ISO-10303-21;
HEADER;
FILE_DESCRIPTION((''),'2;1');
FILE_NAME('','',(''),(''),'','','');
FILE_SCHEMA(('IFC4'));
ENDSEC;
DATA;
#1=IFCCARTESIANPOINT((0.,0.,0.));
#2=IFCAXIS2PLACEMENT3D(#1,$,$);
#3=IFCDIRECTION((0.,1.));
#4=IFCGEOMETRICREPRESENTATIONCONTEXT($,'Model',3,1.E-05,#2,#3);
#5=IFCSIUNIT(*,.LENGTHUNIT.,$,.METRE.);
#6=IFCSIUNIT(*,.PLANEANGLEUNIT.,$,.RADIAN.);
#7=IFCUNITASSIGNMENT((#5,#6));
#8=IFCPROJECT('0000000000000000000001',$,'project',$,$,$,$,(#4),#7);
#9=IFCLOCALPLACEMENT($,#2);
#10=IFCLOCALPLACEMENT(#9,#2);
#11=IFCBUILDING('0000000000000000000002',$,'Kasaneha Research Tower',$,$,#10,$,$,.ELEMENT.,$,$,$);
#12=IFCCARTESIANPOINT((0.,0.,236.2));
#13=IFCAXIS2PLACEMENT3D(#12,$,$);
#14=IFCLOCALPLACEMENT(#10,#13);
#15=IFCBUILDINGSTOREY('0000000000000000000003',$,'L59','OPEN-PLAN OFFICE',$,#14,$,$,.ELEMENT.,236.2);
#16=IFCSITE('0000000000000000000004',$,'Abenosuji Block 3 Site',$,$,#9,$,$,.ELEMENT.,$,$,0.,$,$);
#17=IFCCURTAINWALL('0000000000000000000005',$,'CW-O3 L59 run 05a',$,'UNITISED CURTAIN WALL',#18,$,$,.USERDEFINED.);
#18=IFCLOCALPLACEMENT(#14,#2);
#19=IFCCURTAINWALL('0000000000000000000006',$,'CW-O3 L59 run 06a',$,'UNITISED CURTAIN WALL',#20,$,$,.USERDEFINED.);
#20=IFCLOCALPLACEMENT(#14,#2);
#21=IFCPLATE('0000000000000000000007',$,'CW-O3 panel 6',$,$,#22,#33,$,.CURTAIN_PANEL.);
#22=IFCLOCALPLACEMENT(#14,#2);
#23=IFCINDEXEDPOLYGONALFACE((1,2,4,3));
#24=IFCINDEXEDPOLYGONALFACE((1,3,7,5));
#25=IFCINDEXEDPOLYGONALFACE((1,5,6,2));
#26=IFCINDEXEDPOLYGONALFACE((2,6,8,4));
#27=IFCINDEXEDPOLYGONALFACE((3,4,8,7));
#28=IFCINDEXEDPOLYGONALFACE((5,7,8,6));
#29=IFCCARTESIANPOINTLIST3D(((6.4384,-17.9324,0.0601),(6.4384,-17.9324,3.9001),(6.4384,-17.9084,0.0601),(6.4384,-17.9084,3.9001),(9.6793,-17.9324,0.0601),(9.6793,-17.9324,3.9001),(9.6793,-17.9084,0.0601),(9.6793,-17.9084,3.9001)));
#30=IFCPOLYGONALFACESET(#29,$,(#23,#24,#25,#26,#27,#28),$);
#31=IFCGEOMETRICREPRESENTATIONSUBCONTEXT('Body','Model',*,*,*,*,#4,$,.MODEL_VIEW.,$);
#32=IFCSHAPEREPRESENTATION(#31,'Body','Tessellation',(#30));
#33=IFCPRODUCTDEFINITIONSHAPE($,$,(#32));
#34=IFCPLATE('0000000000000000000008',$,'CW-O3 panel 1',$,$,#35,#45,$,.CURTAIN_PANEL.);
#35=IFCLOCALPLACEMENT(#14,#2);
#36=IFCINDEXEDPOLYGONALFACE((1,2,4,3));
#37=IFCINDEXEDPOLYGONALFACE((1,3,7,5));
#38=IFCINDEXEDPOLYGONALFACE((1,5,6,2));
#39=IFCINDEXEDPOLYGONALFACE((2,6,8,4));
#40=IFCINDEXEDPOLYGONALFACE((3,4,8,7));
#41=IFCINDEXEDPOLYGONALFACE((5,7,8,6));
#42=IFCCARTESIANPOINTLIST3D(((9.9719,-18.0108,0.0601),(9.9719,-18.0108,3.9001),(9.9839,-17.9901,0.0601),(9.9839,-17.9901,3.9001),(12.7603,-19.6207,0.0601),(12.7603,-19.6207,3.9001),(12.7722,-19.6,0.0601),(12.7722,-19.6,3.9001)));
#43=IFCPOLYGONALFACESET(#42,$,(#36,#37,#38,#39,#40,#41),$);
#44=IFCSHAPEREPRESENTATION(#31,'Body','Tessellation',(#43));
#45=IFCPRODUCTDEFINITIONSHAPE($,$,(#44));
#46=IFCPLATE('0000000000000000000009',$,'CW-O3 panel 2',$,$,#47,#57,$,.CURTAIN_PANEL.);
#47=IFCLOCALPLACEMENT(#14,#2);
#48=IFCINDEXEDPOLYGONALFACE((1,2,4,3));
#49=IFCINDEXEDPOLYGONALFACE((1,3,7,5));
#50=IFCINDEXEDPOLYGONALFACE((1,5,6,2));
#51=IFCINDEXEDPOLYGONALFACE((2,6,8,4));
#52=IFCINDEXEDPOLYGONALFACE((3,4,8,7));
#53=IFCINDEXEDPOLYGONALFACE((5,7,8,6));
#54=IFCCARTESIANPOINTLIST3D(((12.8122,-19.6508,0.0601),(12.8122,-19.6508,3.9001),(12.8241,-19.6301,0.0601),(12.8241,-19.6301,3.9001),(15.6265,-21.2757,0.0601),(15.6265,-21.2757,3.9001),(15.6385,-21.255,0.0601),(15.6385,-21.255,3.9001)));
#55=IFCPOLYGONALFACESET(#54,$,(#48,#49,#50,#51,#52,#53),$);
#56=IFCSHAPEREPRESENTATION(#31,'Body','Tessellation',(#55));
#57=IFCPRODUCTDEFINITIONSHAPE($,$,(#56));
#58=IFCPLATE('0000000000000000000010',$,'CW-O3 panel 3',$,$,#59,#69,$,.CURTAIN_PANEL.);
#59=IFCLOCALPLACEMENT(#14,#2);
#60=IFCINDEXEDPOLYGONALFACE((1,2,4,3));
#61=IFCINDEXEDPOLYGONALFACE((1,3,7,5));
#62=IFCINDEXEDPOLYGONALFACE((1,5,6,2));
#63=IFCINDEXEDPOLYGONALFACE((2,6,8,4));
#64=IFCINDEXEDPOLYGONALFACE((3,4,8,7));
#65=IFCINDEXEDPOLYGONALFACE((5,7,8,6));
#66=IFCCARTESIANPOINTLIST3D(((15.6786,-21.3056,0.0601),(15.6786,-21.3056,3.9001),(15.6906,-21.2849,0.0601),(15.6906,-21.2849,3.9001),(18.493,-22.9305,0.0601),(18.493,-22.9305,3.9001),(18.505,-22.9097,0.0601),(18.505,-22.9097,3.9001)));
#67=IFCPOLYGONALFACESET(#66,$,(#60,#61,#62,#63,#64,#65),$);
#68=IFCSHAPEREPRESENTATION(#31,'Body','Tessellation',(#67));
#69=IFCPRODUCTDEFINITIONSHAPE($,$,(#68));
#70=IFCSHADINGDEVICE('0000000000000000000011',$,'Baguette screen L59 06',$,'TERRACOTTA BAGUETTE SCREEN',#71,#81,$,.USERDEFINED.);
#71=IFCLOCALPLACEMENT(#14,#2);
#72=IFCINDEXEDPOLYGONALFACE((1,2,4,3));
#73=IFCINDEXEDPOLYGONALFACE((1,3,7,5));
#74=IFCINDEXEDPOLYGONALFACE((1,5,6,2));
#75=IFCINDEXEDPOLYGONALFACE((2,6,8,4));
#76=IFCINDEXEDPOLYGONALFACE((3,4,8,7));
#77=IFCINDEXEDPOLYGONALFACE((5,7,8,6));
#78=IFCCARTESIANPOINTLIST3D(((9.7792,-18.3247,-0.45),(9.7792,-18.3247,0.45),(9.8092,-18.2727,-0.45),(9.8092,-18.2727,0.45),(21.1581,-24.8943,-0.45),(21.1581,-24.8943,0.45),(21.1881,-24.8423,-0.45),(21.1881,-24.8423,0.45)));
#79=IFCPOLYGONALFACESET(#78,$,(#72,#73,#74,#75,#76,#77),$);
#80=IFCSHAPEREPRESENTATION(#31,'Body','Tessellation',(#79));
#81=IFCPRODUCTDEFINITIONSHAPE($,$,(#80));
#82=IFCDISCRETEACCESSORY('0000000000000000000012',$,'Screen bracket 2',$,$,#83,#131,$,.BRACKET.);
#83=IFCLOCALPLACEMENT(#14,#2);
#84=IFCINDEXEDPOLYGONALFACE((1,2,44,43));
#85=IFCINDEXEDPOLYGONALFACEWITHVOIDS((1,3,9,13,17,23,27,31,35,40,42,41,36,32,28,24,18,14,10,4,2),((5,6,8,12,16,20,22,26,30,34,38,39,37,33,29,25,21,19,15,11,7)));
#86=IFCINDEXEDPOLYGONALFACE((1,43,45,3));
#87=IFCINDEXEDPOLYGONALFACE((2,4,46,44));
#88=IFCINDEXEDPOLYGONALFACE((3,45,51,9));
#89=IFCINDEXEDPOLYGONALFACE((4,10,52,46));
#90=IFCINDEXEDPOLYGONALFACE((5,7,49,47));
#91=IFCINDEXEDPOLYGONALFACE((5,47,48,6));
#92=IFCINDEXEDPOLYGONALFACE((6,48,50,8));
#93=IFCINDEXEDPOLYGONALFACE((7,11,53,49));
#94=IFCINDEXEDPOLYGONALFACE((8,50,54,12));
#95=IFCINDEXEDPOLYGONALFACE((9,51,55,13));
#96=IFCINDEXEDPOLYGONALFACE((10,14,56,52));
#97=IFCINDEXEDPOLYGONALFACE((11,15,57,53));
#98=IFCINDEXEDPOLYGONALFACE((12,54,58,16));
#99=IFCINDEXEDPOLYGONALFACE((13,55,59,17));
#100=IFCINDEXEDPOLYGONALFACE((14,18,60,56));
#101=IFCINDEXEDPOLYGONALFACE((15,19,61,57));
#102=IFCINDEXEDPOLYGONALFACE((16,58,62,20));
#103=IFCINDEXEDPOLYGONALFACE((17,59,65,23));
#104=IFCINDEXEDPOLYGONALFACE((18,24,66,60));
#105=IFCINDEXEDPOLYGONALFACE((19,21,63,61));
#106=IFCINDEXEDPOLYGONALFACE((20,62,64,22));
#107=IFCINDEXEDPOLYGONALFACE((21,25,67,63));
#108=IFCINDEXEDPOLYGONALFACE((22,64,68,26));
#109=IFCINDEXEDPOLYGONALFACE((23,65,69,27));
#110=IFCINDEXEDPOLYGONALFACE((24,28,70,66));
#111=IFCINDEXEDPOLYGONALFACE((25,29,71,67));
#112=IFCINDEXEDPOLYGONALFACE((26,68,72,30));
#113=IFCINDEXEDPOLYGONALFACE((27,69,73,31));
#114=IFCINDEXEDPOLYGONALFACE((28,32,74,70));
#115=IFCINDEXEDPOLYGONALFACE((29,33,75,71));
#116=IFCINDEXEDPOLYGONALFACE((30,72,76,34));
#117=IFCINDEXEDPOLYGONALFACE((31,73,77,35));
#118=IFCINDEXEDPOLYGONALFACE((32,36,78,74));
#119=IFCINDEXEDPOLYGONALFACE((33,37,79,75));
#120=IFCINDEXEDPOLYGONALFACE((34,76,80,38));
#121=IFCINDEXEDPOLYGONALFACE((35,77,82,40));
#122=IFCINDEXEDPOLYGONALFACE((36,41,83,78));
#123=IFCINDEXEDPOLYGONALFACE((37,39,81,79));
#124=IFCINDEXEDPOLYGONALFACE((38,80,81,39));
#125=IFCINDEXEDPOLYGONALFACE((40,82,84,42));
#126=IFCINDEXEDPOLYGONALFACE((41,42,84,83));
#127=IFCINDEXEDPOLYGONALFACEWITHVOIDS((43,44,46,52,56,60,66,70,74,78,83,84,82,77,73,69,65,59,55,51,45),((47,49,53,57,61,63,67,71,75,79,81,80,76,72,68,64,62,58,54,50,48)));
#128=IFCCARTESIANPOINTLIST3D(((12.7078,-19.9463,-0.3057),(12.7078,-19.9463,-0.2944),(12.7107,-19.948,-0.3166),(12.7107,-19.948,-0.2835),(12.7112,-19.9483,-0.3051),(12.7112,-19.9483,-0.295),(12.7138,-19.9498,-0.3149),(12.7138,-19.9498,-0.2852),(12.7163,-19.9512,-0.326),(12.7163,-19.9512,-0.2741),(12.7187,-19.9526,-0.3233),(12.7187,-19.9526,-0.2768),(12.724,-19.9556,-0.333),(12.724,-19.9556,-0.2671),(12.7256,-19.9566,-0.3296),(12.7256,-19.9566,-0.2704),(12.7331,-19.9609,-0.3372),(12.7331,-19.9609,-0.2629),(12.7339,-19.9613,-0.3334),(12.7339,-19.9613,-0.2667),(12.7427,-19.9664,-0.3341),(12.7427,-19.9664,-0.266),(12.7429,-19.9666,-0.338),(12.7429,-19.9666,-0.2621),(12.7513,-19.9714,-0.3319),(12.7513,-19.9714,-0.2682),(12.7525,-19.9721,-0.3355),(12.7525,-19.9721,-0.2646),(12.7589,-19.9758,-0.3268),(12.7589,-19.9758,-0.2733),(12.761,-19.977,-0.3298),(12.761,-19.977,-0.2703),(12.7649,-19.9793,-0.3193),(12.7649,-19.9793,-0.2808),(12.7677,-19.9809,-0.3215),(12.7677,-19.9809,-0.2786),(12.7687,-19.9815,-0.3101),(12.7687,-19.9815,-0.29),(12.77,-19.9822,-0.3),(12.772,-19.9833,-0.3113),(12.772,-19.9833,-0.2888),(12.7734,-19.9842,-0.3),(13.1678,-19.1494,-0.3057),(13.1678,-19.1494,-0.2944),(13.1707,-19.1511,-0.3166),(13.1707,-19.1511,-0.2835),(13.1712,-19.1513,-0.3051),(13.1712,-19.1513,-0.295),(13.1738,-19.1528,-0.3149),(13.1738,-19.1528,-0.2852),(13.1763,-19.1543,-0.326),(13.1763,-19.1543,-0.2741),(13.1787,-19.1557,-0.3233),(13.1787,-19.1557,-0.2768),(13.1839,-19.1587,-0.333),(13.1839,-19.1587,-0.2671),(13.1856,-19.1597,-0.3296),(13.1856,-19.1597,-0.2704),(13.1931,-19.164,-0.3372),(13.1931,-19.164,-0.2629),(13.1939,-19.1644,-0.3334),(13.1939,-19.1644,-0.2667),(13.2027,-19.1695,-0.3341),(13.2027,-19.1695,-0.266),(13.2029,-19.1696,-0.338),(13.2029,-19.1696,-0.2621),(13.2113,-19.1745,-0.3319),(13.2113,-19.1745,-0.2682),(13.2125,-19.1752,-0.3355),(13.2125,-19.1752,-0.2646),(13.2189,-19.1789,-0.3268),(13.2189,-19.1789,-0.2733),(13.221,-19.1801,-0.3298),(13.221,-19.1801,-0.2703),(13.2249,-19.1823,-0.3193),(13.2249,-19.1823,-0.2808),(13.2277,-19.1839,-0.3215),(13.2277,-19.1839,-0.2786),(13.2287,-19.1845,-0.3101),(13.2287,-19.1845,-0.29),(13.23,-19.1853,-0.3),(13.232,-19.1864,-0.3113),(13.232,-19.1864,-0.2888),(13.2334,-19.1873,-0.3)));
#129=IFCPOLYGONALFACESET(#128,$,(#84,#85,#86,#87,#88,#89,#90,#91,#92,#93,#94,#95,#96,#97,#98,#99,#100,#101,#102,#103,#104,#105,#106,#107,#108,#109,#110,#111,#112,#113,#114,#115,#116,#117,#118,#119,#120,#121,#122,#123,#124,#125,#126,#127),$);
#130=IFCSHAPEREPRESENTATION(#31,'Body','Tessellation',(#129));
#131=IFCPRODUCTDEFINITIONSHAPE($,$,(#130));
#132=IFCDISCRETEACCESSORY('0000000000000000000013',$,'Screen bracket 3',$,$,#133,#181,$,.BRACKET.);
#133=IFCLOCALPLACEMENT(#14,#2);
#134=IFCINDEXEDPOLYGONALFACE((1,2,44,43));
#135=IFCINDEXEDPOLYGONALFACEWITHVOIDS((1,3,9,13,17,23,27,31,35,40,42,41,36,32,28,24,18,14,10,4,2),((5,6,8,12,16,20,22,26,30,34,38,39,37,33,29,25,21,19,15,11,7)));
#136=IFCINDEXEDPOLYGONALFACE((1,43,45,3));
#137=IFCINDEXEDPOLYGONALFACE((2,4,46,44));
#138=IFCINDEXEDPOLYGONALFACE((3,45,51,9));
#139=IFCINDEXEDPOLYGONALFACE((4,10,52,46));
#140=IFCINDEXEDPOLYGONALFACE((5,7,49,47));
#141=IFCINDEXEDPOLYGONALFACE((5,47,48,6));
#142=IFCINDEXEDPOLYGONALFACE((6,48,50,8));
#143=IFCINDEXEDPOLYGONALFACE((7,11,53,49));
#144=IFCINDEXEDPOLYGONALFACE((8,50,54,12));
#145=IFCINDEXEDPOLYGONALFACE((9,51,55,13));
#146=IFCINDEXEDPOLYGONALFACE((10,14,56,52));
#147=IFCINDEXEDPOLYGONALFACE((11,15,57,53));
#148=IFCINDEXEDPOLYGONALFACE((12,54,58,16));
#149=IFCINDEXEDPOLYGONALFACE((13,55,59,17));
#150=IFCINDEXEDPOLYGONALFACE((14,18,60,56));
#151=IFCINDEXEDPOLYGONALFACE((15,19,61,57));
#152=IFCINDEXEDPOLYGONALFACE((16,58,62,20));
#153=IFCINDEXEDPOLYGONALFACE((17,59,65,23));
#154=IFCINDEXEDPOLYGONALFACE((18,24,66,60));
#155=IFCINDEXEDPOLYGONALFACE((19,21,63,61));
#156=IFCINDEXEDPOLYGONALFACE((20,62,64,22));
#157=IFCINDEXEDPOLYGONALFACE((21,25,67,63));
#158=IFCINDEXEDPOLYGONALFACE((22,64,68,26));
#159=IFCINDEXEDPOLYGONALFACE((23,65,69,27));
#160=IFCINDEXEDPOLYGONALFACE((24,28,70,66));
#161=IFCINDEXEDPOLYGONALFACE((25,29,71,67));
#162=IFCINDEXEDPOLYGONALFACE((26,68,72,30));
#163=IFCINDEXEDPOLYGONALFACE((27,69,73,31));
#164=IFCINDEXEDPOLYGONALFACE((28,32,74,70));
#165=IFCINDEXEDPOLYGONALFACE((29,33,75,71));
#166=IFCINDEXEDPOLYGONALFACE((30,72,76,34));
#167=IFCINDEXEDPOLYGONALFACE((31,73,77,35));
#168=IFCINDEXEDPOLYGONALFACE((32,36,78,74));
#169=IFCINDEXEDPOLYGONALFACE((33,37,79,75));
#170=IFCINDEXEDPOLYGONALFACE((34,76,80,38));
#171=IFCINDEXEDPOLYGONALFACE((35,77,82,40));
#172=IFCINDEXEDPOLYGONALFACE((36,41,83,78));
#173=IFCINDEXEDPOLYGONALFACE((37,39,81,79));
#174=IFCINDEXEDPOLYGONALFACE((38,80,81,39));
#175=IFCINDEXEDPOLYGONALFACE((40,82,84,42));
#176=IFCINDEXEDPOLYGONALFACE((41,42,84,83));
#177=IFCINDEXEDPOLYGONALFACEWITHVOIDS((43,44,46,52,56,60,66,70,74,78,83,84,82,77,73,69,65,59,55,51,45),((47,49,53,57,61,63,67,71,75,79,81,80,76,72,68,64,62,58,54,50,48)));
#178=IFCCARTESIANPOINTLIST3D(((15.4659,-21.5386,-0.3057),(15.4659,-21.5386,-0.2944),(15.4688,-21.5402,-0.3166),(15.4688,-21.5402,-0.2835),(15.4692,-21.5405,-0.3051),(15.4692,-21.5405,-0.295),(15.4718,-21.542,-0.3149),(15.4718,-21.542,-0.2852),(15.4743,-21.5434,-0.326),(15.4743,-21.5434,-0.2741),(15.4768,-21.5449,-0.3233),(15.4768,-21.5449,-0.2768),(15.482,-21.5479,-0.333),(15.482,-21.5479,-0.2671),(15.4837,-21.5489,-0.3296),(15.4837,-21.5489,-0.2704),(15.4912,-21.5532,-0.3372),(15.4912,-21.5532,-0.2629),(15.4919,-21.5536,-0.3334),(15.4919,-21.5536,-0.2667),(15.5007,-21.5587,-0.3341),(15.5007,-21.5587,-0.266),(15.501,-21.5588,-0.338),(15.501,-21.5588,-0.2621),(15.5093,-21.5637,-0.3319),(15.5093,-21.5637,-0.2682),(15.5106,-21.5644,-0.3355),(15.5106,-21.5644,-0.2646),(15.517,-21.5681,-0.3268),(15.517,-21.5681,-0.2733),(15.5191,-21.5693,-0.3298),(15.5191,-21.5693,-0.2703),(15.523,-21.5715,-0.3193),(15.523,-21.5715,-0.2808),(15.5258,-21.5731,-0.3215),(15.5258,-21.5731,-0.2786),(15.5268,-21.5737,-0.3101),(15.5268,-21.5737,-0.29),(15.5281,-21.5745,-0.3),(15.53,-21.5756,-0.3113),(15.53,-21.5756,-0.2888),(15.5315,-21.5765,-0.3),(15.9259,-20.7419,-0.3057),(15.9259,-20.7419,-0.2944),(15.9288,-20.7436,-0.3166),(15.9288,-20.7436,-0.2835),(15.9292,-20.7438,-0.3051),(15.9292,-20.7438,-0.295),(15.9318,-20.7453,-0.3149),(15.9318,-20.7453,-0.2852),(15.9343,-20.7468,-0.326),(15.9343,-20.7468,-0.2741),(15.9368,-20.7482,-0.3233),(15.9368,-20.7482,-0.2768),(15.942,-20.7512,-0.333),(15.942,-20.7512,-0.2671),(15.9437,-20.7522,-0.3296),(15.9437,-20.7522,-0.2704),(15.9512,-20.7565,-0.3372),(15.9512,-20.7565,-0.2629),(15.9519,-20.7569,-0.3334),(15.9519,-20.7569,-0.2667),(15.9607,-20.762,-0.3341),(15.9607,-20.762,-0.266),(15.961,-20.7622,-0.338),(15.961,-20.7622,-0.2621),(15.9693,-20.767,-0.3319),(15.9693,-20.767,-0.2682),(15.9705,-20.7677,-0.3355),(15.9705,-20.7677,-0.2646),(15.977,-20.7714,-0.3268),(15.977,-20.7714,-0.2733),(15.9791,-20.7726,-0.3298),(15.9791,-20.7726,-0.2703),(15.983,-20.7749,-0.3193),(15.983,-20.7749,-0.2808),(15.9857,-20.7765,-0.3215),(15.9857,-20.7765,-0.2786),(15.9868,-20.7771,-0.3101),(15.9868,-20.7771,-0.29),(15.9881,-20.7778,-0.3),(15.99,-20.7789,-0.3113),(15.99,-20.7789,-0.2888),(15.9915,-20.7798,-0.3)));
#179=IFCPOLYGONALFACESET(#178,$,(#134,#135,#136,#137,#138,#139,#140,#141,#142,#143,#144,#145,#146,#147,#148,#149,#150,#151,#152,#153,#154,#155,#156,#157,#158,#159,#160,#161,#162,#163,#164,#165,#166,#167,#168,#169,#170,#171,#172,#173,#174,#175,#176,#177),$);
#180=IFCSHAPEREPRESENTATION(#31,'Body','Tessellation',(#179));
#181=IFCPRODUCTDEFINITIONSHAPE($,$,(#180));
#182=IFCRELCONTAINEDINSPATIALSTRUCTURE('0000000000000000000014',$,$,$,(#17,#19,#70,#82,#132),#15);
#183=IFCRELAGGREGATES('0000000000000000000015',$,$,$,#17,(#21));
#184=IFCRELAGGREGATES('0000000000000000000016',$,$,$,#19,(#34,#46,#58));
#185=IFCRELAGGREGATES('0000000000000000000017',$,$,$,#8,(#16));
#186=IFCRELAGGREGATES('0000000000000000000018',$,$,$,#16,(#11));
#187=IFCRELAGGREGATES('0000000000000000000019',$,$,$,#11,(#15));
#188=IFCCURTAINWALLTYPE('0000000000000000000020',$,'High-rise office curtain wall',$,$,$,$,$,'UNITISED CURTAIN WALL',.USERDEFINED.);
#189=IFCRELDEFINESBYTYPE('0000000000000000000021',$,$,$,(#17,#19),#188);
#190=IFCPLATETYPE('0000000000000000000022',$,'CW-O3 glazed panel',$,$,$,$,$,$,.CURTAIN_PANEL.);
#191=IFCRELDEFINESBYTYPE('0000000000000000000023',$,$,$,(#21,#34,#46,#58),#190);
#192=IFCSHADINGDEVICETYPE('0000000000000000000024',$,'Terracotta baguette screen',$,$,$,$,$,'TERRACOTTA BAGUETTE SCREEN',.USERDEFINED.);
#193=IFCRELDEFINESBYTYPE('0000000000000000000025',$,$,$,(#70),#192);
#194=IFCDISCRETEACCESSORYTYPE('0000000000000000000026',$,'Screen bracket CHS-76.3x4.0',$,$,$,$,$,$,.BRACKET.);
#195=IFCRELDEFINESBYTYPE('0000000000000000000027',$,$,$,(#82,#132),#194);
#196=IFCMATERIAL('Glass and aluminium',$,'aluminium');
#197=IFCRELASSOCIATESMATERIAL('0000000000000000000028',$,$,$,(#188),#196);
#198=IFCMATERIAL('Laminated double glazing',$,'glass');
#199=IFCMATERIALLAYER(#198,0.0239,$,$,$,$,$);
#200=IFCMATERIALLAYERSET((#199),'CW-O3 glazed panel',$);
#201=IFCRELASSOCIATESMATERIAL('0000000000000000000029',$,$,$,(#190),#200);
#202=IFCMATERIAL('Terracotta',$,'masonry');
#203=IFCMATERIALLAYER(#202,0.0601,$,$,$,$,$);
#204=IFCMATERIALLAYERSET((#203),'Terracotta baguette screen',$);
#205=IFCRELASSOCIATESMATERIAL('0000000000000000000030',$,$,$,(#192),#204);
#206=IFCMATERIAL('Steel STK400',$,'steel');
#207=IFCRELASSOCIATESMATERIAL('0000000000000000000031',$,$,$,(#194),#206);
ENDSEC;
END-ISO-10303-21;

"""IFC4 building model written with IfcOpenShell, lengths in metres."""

from ifc_helpers import new_model, si_unit, direction, frame, origin, origin_2d, place, context, subcontext, project, spatial, rectangle, hollow_circle, extrude, material, layer, layer_set, material_profile, profile_set, type_object, element, aggregate, save


model = new_model("IFC4")

# Units and contexts
model_context = context("Model", 3, precision=1e-05, world=origin(), true_north=direction((0.0, 1.0)))
body_context = subcontext(model_context, "Body", "Model", "MODEL_VIEW")
ifc_project = project(units=[si_unit("LENGTHUNIT", "METRE"), si_unit("PLANEANGLEUNIT", "RADIAN")], contexts=[model_context])

# Site, building, storey
site_placement = place(None, origin())
site = spatial("IfcSite", under=ifc_project, at=site_placement, Name="Abenosuji Block 3 Site", CompositionType="ELEMENT", RefElevation=0.0)
building_placement = place(site_placement, origin())
building = spatial("IfcBuilding", under=site, at=building_placement, Name="Kasaneha Research Tower", CompositionType="ELEMENT")
storey_placement = place(building_placement, frame((0.0, 0.0, 236.2)))
storey = spatial("IfcBuildingStorey", under=building, at=storey_placement, Name="L59", Description="OPEN-PLAN OFFICE", CompositionType="ELEMENT", Elevation=236.2)

# Curtain walls
ifc_material_1 = material(Name="Glass and aluminium", Category="aluminium")
curtain_wall_type = type_object("IfcCurtainWallType", Name="High-rise office curtain wall", ElementType="UNITISED CURTAIN WALL", PredefinedType="USERDEFINED", material=ifc_material_1)
curtain_wall_1_placement = place(storey_placement, origin())
curtain_wall_1 = element("IfcCurtainWall", 1, at=curtain_wall_1_placement, inside=storey, type_object=curtain_wall_type, Name="CW-O3 L59 run 05a", ObjectType="UNITISED CURTAIN WALL", PredefinedType="USERDEFINED")
curtain_wall_2_placement = place(storey_placement, origin())
curtain_wall_2 = element("IfcCurtainWall", 2, at=curtain_wall_2_placement, inside=storey, type_object=curtain_wall_type, Name="CW-O3 L59 run 06a", ObjectType="UNITISED CURTAIN WALL", PredefinedType="USERDEFINED")

# Plates
ifc_material_2 = material(Name="Laminated double glazing", Category="glass")
ifc_layer_1 = layer(ifc_material_2, 0.0239)
ifc_layer_set_1 = layer_set([ifc_layer_1], Name="CW-O3 glazed panel")
plate_type = type_object("IfcPlateType", Name="CW-O3 glazed panel", PredefinedType="CURTAIN_PANEL", material=ifc_layer_set_1)
plate_1_placement = place(storey_placement, frame((8.0588, -17.9204, 0.0601), z_axis=(0.0, 0.0, 1.0), x_axis=(1.0, 0.0, 0.0)))
plate_1 = element("IfcPlate", 3, at=plate_1_placement, type_object=plate_type, Name="CW-O3 panel 6", PredefinedType="CURTAIN_PANEL", context=body_context, shape_type="SweptSolid", body=[
    extrude(rectangle(XDim=3.241, YDim=0.0239, at=origin_2d()), origin(), (0.0, 0.0, 1.0), 3.8401),
])
aggregate(curtain_wall_1, [plate_1])
plate_2_placement = place(storey_placement, frame((11.3721, -18.8054, 0.0601), z_axis=(0.0, 0.0, 1.0), x_axis=(0.866025, -0.5, 0.0)))
plate_2 = element("IfcPlate", 4, at=plate_2_placement, type_object=plate_type, Name="CW-O3 panel 1", PredefinedType="CURTAIN_PANEL", context=body_context, shape_type="SweptSolid", body=[
    extrude(rectangle(XDim=3.2197, YDim=0.0239, at=origin_2d()), origin(), (0.0, 0.0, 1.0), 3.8401),
])
plate_3_placement = place(storey_placement, frame((14.2253, -20.4529, 0.0601), z_axis=(0.0, 0.0, 1.0), x_axis=(0.866025, -0.5, 0.0)))
plate_3 = element("IfcPlate", 5, at=plate_3_placement, type_object=plate_type, Name="CW-O3 panel 2", PredefinedType="CURTAIN_PANEL", context=body_context, shape_type="SweptSolid", body=[
    extrude(rectangle(XDim=3.2498, YDim=0.0239, at=origin_2d()), origin(), (0.0, 0.0, 1.0), 3.8401),
])
plate_4_placement = place(storey_placement, frame((17.0918, -22.1077, 0.0601), z_axis=(0.0, 0.0, 1.0), x_axis=(0.866025, -0.5, 0.0)))
plate_4 = element("IfcPlate", 6, at=plate_4_placement, type_object=plate_type, Name="CW-O3 panel 3", PredefinedType="CURTAIN_PANEL", context=body_context, shape_type="SweptSolid", body=[
    extrude(rectangle(XDim=3.2498, YDim=0.0239, at=origin_2d()), origin(), (0.0, 0.0, 1.0), 3.8401),
])
aggregate(curtain_wall_2, [plate_2, plate_3, plate_4])

# Shading device
ifc_material_3 = material(Name="Terracotta", Category="masonry")
ifc_layer_2 = layer(ifc_material_3, 0.0601)
ifc_layer_set_2 = layer_set([ifc_layer_2], Name="Terracotta baguette screen")
shading_device_type = type_object("IfcShadingDeviceType", Name="Terracotta baguette screen", ElementType="TERRACOTTA BAGUETTE SCREEN", PredefinedType="USERDEFINED", material=ifc_layer_set_2)
shading_device_placement = place(storey_placement, frame((15.4836, -21.5835, -0.45), z_axis=(0.0, 0.0, 1.0), x_axis=(0.866025, -0.5, 0.0)))
element("IfcShadingDevice", 7, at=shading_device_placement, inside=storey, type_object=shading_device_type, Name="Baguette screen L59 06", ObjectType="TERRACOTTA BAGUETTE SCREEN", PredefinedType="USERDEFINED", context=body_context, shape_type="SweptSolid", body=[
    extrude(rectangle(XDim=13.1392, YDim=0.0601, at=origin_2d()), origin(), (0.0, 0.0, 1.0), 0.8999),
])

# Discrete accessories
ifc_material_4 = material(Name="Steel STK400", Category="steel")
ifc_material_profile_1 = material_profile(ifc_material_4, hollow_circle(Radius=0.0381, WallThickness=0.0039, at=origin_2d()), Name="CHS-76.3x4.0")
ifc_profile_set_1 = profile_set([ifc_material_profile_1], Name="Steel STK400")
discrete_accessory_type = type_object("IfcDiscreteAccessoryType", Name="Screen bracket CHS-76.3x4.0", PredefinedType="BRACKET", material=ifc_profile_set_1)
discrete_accessory_1_placement = place(storey_placement, frame((13.2004, -19.1682, -0.3), z_axis=(-0.499906, -0.86608, 0.0), x_axis=(0.86608, -0.499906, 0.0)))
element("IfcDiscreteAccessory", 8, at=discrete_accessory_1_placement, inside=storey, type_object=discrete_accessory_type, Name="Screen bracket 2", PredefinedType="BRACKET", context=body_context, shape_type="SweptSolid", body=[
    extrude(hollow_circle(Radius=0.0381, WallThickness=0.0039, at=origin_2d()), origin(), (0.0, 0.0, 1.0), 0.9202),
])
discrete_accessory_2_placement = place(storey_placement, frame((15.9585, -20.7607, -0.3), z_axis=(-0.500021, -0.866013, 0.0), x_axis=(0.866013, -0.500021, 0.0)))
element("IfcDiscreteAccessory", 9, at=discrete_accessory_2_placement, inside=storey, type_object=discrete_accessory_type, Name="Screen bracket 3", PredefinedType="BRACKET", context=body_context, shape_type="SweptSolid", body=[
    extrude(hollow_circle(Radius=0.0381, WallThickness=0.0039, at=origin_2d()), origin(), (0.0, 0.0, 1.0), 0.9199),
])

save(model, "model.ifc")
